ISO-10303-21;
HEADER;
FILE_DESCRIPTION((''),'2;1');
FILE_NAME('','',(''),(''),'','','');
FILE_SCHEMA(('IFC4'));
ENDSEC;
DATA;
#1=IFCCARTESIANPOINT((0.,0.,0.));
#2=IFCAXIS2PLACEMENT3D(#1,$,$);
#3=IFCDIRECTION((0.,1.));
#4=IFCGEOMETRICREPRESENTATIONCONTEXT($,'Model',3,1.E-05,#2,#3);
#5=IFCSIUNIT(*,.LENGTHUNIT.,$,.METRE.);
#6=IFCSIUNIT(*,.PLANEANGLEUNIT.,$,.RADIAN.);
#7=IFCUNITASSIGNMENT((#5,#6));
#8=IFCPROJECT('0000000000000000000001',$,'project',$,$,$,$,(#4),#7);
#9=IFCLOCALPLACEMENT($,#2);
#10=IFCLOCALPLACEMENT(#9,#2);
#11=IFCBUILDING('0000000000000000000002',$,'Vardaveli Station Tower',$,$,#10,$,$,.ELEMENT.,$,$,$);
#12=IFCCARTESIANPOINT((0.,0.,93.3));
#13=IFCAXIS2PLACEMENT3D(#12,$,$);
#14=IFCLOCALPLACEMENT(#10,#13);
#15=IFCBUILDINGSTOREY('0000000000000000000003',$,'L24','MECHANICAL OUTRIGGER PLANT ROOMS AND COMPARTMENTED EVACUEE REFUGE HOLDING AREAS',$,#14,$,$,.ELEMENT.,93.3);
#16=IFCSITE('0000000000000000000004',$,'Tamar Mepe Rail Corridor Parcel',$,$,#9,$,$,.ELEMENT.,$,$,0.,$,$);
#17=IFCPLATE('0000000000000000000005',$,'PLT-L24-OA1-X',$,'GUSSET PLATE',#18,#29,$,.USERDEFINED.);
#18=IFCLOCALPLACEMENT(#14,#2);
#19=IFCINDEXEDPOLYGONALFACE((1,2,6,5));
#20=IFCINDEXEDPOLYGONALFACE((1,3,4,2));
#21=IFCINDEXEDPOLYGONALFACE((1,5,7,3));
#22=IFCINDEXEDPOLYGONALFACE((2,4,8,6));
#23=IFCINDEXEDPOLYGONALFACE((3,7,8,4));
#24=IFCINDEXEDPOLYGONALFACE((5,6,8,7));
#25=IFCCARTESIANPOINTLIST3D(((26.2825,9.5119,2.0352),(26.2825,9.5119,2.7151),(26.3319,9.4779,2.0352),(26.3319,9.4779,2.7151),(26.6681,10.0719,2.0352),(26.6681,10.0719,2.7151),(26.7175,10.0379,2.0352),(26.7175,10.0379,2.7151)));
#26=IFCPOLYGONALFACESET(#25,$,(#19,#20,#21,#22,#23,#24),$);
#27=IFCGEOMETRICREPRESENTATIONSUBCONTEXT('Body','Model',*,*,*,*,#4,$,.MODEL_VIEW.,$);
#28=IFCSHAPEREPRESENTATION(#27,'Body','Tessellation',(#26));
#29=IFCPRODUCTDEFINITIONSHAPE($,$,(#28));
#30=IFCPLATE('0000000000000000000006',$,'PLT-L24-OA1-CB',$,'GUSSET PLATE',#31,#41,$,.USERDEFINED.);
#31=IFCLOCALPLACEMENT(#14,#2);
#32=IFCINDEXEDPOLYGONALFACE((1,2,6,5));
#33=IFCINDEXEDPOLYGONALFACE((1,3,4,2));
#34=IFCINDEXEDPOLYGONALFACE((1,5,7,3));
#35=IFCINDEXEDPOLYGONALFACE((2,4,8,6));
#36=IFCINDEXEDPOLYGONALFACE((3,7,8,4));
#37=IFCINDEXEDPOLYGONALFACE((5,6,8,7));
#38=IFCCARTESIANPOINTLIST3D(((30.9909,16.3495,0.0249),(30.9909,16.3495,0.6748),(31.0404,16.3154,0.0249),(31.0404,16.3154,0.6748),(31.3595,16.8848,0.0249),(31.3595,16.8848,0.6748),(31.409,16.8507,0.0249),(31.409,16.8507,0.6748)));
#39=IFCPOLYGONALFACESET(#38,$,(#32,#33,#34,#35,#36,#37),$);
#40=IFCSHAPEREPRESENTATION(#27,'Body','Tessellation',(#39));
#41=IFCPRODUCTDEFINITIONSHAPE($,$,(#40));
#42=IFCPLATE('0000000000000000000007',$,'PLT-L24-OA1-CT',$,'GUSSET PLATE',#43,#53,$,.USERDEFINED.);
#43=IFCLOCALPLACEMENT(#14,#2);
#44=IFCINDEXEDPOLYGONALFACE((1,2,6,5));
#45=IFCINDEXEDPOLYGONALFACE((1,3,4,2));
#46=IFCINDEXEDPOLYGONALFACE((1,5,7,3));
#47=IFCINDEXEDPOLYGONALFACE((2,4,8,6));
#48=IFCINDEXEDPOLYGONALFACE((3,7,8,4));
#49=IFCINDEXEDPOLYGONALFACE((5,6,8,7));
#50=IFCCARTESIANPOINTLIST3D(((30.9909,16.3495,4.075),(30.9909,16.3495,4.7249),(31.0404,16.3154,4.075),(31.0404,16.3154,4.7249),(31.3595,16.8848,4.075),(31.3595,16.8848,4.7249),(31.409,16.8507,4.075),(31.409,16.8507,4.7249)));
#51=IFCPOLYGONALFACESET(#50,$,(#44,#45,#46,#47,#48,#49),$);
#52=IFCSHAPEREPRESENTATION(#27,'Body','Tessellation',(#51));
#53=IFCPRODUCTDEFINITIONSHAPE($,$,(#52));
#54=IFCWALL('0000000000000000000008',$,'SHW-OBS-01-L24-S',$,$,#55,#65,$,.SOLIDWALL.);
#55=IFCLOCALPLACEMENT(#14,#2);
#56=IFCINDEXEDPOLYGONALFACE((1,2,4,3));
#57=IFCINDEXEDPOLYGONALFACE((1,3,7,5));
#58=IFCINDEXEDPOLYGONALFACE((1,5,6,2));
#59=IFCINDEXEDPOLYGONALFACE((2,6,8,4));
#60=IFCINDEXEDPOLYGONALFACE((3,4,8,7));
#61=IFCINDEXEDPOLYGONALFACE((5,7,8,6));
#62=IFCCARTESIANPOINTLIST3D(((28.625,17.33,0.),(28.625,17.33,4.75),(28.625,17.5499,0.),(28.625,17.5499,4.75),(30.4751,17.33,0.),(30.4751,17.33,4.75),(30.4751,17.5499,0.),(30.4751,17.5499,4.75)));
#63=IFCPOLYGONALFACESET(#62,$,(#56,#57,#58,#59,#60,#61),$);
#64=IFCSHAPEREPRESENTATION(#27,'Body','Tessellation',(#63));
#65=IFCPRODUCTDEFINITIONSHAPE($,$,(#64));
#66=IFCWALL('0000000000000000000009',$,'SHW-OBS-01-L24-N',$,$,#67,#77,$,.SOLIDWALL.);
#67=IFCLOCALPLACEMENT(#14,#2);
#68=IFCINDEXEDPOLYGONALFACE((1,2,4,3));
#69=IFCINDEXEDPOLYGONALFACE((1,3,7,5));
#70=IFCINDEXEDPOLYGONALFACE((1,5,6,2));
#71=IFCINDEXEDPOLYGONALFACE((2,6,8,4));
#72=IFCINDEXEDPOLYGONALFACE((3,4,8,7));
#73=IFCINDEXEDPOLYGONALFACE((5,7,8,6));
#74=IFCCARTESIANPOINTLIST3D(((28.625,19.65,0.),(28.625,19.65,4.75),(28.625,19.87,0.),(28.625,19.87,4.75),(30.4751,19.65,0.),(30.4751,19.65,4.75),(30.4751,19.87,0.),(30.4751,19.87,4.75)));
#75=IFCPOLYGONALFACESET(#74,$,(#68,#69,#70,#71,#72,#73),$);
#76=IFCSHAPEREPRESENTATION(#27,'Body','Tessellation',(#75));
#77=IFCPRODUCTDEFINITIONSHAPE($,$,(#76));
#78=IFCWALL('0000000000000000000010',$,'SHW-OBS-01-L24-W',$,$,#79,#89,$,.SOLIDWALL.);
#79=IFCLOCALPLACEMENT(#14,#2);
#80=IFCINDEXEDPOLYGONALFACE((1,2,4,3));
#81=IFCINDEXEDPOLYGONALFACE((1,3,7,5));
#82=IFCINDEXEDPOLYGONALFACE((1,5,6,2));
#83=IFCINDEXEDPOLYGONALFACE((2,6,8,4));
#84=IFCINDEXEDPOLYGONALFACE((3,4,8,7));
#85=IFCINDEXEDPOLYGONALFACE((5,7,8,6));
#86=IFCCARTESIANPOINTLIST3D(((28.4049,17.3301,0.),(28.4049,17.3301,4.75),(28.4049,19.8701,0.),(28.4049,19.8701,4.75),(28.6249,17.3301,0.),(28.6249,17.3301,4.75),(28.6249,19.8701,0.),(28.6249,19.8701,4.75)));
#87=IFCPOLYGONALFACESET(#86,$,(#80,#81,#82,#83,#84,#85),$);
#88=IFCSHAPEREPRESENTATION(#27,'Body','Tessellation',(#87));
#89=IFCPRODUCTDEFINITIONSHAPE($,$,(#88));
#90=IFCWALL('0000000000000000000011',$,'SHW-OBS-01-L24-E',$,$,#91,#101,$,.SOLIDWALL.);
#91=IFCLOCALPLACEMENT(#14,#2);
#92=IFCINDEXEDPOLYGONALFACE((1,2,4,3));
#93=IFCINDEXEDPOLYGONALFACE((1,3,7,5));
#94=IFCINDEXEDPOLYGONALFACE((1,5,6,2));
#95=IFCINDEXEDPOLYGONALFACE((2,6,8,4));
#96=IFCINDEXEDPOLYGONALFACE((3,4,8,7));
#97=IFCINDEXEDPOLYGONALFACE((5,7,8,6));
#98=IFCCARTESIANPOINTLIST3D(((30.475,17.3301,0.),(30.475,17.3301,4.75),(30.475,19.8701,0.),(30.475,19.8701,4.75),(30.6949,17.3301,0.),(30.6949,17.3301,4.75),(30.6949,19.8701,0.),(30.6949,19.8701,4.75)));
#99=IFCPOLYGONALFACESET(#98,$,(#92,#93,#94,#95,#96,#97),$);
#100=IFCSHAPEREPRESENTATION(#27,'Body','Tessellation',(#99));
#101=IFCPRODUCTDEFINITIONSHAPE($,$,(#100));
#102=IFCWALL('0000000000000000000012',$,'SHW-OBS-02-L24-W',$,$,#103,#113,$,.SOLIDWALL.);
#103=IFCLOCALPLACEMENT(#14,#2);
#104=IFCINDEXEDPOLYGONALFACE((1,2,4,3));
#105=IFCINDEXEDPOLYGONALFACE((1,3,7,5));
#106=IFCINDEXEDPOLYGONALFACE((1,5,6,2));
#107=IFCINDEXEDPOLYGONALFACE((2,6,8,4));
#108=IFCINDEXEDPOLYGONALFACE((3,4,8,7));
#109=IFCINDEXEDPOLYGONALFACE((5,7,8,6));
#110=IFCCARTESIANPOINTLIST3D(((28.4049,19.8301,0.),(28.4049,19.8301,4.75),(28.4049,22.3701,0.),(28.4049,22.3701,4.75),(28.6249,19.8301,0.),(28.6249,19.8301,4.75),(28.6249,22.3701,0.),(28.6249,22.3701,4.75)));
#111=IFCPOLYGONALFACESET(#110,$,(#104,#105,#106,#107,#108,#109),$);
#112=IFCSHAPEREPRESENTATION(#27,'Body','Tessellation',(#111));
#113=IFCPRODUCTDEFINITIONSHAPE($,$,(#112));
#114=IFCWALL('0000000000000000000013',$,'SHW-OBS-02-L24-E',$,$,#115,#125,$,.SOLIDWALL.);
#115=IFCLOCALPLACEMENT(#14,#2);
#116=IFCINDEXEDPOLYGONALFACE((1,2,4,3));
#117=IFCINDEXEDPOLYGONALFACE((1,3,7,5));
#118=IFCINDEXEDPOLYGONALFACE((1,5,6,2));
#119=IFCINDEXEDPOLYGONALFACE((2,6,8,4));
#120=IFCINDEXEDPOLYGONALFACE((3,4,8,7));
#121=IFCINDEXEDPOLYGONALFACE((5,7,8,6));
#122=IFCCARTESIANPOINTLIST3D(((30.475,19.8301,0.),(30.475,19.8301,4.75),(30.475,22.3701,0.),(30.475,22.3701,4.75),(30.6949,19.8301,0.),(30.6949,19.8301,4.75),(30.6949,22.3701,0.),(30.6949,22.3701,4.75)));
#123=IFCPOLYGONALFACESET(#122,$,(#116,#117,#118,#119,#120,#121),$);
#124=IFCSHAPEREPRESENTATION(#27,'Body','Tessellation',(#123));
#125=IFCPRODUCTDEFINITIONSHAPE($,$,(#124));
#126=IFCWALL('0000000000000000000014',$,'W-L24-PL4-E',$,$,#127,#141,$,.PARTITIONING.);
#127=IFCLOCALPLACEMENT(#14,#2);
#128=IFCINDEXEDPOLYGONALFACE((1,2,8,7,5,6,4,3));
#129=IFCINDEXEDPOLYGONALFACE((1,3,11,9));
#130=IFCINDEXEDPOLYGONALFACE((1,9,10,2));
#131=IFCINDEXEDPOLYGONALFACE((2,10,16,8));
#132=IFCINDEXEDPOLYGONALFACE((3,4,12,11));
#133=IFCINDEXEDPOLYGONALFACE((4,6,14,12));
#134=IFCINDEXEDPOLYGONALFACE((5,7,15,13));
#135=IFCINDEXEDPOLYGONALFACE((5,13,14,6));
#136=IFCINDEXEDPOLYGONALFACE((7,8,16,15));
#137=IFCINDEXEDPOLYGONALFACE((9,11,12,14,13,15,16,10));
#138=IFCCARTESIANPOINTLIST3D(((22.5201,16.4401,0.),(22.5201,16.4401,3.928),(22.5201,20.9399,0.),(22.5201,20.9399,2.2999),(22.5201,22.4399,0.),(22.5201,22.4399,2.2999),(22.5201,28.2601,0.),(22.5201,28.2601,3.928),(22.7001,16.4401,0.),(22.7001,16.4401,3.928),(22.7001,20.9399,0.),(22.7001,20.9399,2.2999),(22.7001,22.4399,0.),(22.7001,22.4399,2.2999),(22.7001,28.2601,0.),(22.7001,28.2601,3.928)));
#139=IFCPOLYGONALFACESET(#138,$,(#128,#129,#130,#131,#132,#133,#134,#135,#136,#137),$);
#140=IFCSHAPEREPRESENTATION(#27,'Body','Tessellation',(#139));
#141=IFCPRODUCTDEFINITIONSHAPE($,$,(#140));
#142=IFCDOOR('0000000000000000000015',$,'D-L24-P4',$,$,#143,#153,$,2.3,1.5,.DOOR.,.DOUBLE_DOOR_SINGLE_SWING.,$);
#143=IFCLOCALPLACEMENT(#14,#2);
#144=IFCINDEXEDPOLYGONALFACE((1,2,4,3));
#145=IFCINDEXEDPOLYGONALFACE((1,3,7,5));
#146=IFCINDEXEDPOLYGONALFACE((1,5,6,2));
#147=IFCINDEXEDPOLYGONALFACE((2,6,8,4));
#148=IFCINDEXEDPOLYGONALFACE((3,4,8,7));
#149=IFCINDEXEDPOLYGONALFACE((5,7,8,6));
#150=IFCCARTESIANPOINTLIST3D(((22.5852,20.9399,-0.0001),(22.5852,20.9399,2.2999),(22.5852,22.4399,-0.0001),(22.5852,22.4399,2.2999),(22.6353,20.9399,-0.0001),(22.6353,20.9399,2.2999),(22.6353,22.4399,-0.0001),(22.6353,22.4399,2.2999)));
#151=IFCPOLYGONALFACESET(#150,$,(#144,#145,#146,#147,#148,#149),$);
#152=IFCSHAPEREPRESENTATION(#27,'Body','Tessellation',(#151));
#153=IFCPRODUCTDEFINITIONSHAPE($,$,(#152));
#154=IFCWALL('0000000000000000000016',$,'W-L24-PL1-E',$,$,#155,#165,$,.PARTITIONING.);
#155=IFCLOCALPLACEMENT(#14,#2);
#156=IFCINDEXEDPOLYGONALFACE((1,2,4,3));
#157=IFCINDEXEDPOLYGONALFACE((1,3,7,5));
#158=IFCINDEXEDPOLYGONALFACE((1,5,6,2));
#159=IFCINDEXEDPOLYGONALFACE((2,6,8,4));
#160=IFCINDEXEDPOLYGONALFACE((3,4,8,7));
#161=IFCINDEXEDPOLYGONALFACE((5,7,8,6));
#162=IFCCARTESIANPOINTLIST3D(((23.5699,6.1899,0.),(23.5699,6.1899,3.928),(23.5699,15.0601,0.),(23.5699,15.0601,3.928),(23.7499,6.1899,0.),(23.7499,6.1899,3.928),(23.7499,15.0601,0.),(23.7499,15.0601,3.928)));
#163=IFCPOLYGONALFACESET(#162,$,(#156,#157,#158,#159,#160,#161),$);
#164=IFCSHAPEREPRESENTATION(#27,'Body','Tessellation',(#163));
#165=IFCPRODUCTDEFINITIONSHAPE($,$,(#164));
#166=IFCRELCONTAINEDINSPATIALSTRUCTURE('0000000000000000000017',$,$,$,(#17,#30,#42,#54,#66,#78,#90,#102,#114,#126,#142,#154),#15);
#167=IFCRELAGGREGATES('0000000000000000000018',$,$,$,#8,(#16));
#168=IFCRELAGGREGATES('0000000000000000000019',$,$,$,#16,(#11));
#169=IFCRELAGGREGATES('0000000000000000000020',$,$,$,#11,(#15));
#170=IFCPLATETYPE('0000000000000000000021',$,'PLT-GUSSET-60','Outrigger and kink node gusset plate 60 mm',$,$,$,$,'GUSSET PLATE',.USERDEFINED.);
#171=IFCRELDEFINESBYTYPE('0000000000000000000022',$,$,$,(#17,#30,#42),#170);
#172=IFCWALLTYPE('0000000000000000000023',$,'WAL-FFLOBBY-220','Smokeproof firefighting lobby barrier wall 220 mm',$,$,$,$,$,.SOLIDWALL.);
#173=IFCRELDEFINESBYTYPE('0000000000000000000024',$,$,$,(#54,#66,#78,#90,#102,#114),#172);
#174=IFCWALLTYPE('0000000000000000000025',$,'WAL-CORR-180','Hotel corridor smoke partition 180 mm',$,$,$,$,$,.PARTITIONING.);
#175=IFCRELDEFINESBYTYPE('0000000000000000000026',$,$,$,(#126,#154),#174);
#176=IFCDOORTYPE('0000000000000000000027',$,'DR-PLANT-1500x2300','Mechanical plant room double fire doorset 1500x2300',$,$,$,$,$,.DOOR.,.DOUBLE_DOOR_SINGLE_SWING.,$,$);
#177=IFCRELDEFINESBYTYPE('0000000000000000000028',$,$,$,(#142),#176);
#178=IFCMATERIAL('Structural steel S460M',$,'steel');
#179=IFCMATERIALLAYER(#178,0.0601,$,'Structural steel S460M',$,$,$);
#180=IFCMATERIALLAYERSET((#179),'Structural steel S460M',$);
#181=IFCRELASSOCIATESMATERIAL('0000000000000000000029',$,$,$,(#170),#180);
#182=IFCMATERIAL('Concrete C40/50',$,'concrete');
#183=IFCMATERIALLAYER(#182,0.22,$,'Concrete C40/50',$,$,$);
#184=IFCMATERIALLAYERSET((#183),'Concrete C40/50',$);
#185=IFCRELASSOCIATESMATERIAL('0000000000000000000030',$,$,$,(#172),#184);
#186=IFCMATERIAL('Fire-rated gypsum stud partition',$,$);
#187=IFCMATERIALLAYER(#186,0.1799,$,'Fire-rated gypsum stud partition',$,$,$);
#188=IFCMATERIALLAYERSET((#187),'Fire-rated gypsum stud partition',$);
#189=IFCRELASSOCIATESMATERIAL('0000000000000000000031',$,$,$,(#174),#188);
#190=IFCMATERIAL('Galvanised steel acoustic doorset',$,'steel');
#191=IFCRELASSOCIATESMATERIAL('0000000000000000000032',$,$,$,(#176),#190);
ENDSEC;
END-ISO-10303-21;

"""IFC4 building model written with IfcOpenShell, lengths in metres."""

from ifc_helpers import new_model, si_unit, direction, frame, frame_2d, origin, origin_2d, place, context, subcontext, project, spatial, rectangle, extrude, source, transform, mapped, material, layer, layer_set, type_object, element, fill, save


model = new_model("IFC4")

# Units and contexts
model_context = context("Model", 3, precision=1e-05, world=origin(), true_north=direction((0.0, 1.0)))
body_context = subcontext(model_context, "Body", "Model", "MODEL_VIEW")
ifc_project = project(units=[si_unit("LENGTHUNIT", "METRE"), si_unit("PLANEANGLEUNIT", "RADIAN")], contexts=[model_context])

# Site, building, storey
site_placement = place(None, origin())
site = spatial("IfcSite", under=ifc_project, at=site_placement, Name="Tamar Mepe Rail Corridor Parcel", CompositionType="ELEMENT", RefElevation=0.0)
building_placement = place(site_placement, origin())
building = spatial("IfcBuilding", under=site, at=building_placement, Name="Vardaveli Station Tower", CompositionType="ELEMENT")
storey_placement = place(building_placement, frame((0.0, 0.0, 93.3)))
storey = spatial("IfcBuildingStorey", under=building, at=storey_placement, Name="L24", Description="MECHANICAL OUTRIGGER PLANT ROOMS AND COMPARTMENTED EVACUEE REFUGE HOLDING AREAS", CompositionType="ELEMENT", Elevation=93.3)

# Shared definitions
ifc_material_1 = material(Name="Structural steel S460M", Category="steel")

# Plates
ifc_layer_1 = layer(ifc_material_1, 0.0601, Name="Structural steel S460M")
ifc_layer_set_1 = layer_set([ifc_layer_1], Name="Structural steel S460M")
plate_type = type_object("IfcPlateType", Name="PLT-GUSSET-60", Description="Outrigger and kink node gusset plate 60 mm", ElementType="GUSSET PLATE", PredefinedType="USERDEFINED", material=ifc_layer_set_1)
shared_shape_1 = source(origin(), body_context, "Body", "SweptSolid", [
    extrude(rectangle(XDim=0.6799, YDim=0.0601, at=origin_2d()), origin(), (0.0, 0.0, 1.0), 0.6799),
])
plate_placement = place(storey_placement, frame((26.5, 9.7749, 2.0352), z_axis=(0.0, 0.0, 1.0), x_axis=(-0.567125, -0.823632, 0.0)))
element("IfcPlate", 1, at=plate_placement, inside=storey, type_object=plate_type, Name="PLT-L24-OA1-X", ObjectType="GUSSET PLATE", PredefinedType="USERDEFINED", context=body_context, shape_type="MappedRepresentation", body=[
    mapped(shared_shape_1, transform((0.0, 0.0, 0.0), scale=1.0)),
])
shared_shape_2 = source(origin(), body_context, "Body", "SweptSolid", [
    extrude(rectangle(XDim=0.6499, YDim=0.0601, at=origin_2d()), origin(), (0.0, 0.0, 1.0), 0.6499),
])
for number, where, z_axis, x_axis, name in (
    (2, (31.2, 16.6001, 0.0249), (0.0, 0.0, 1.0), (-0.567125, -0.823632, 0.0), "PLT-L24-OA1-CB"),
    (3, (31.2, 16.6001, 4.075), (0.0, 0.0, 1.0), (-0.567125, -0.823632, 0.0), "PLT-L24-OA1-CT"),
):
    element("IfcPlate", number, at=place(storey_placement, frame(where, z_axis=z_axis, x_axis=x_axis)), inside=storey, type_object=plate_type, Name=name, ObjectType="GUSSET PLATE", PredefinedType="USERDEFINED", context=body_context, shape_type="MappedRepresentation", body=[
        mapped(shared_shape_2, transform((0.0, 0.0, 0.0), scale=1.0)),
    ])

# Walls
ifc_material_2 = material(Name="Concrete C40/50", Category="concrete")
ifc_layer_2 = layer(ifc_material_2, 0.22, Name="Concrete C40/50")
ifc_layer_set_2 = layer_set([ifc_layer_2], Name="Concrete C40/50")
wall_type_1 = type_object("IfcWallType", Name="WAL-FFLOBBY-220", Description="Smokeproof firefighting lobby barrier wall 220 mm", PredefinedType="SOLIDWALL", material=ifc_layer_set_2)
shared_shape_3 = source(origin(), body_context, "Body", "SweptSolid", [
    extrude(rectangle(XDim=1.8501, YDim=0.22, at=frame_2d((0.925, 0.0))), origin(), (0.0, 0.0, 1.0), 4.75),
])
for number, where, z_axis, x_axis, name in (
    (4, (28.625, 17.4399, 0.0), (0.0, 0.0, 1.0), (1.0, 0.0, 0.0), "SHW-OBS-01-L24-S"),
    (5, (28.625, 19.76, 0.0), (0.0, 0.0, 1.0), (1.0, 0.0, 0.0), "SHW-OBS-01-L24-N"),
):
    element("IfcWall", number, at=place(storey_placement, frame(where, z_axis=z_axis, x_axis=x_axis)), inside=storey, type_object=wall_type_1, Name=name, PredefinedType="SOLIDWALL", context=body_context, shape_type="MappedRepresentation", body=[
        mapped(shared_shape_3, transform((0.0, 0.0, 0.0), scale=1.0)),
    ])
shared_shape_4 = source(origin(), body_context, "Body", "SweptSolid", [
    extrude(rectangle(XDim=2.54, YDim=0.22, at=frame_2d((1.27, 0.0))), origin(), (0.0, 0.0, 1.0), 4.75),
])
for number, where, z_axis, x_axis, name in (
    (6, (28.5149, 17.3301, 0.0), (0.0, 0.0, 1.0), (0.0, 1.0, 0.0), "SHW-OBS-01-L24-W"),
    (7, (30.585, 17.3301, 0.0), (0.0, 0.0, 1.0), (0.0, 1.0, 0.0), "SHW-OBS-01-L24-E"),
    (8, (28.5149, 19.8301, 0.0), (0.0, 0.0, 1.0), (0.0, 1.0, 0.0), "SHW-OBS-02-L24-W"),
    (9, (30.585, 19.8301, 0.0), (0.0, 0.0, 1.0), (0.0, 1.0, 0.0), "SHW-OBS-02-L24-E"),
):
    element("IfcWall", number, at=place(storey_placement, frame(where, z_axis=z_axis, x_axis=x_axis)), inside=storey, type_object=wall_type_1, Name=name, PredefinedType="SOLIDWALL", context=body_context, shape_type="MappedRepresentation", body=[
        mapped(shared_shape_4, transform((0.0, 0.0, 0.0), scale=1.0)),
    ])

# Wall, opening, door
ifc_material_3 = material(Name="Fire-rated gypsum stud partition")
ifc_layer_3 = layer(ifc_material_3, 0.1799, Name="Fire-rated gypsum stud partition")
ifc_layer_set_3 = layer_set([ifc_layer_3], Name="Fire-rated gypsum stud partition")
wall_type_2 = type_object("IfcWallType", Name="WAL-CORR-180", Description="Hotel corridor smoke partition 180 mm", PredefinedType="PARTITIONING", material=ifc_layer_set_3)
shared_shape_5 = source(origin(), body_context, "Body", "SweptSolid", [
    extrude(rectangle(XDim=11.8201, YDim=0.1799, at=frame_2d((5.9102, 0.0))), origin(), (0.0, 0.0, 1.0), 3.928),
])
wall_1_placement = place(storey_placement, frame((22.6101, 16.4399, 0.0), z_axis=(0.0, 0.0, 1.0), x_axis=(0.0, 1.0, 0.0)))
wall_1 = element("IfcWall", 10, at=wall_1_placement, inside=storey, type_object=wall_type_2, Name="W-L24-PL4-E", PredefinedType="PARTITIONING", context=body_context, shape_type="MappedRepresentation", body=[
    mapped(shared_shape_5, transform((0.0, 0.0, 0.0), scale=1.0)),
])
shared_shape_6 = source(origin(), body_context, "Body", "SweptSolid", [
    extrude(rectangle(XDim=1.5, YDim=2.3, at=frame_2d((0.75, 1.1499))), frame((0.0, 0.1001, 0.0), z_axis=(0.0, -1.0, 0.0), x_axis=(1.0, 0.0, 0.0)), (0.0, 0.0, 1.0), 0.2),
])
opening_placement = place(wall_1_placement, frame((4.5, 0.0, 0.0)))
opening = element("IfcOpeningElement", 11, at=opening_placement, cuts=wall_1, PredefinedType="OPENING", context=body_context, shape_type="MappedRepresentation", body=[
    mapped(shared_shape_6, transform((0.0, 0.0, 0.0), scale=1.0)),
])
ifc_material_4 = material(Name="Galvanised steel acoustic doorset", Category="steel")
door_type = type_object("IfcDoorType", Name="DR-PLANT-1500x2300", Description="Mechanical plant room double fire doorset 1500x2300", OperationType="DOUBLE_DOOR_SINGLE_SWING", PredefinedType="DOOR", material=ifc_material_4)
shared_shape_7 = source(origin(), body_context, "Body", "SweptSolid", [
    extrude(rectangle(XDim=1.5, YDim=2.3, at=frame_2d((0.75, 1.1499))), frame((0.0, 0.0249, 0.0), z_axis=(0.0, -1.0, 0.0), x_axis=(1.0, 0.0, 0.0)), (0.0, 0.0, 1.0), 0.05),
])
door_placement = place(opening_placement, origin())
door = element("IfcDoor", 12, at=door_placement, inside=storey, type_object=door_type, Name="D-L24-P4", OperationType="DOUBLE_DOOR_SINGLE_SWING", OverallHeight=2.3, OverallWidth=1.5, PredefinedType="DOOR", context=body_context, shape_type="MappedRepresentation", body=[
    mapped(shared_shape_7, transform((0.0, 0.0, 0.0), scale=1.0)),
])
fill(opening, door)

# Wall
shared_shape_8 = source(origin(), body_context, "Body", "SweptSolid", [
    extrude(rectangle(XDim=8.8701, YDim=0.1799, at=frame_2d((4.4351, 0.0))), origin(), (0.0, 0.0, 1.0), 3.928),
])
wall_2_placement = place(storey_placement, frame((23.6599, 6.1899, 0.0), z_axis=(0.0, 0.0, 1.0), x_axis=(0.0, 1.0, 0.0)))
element("IfcWall", 13, at=wall_2_placement, inside=storey, type_object=wall_type_2, Name="W-L24-PL1-E", PredefinedType="PARTITIONING", context=body_context, shape_type="MappedRepresentation", body=[
    mapped(shared_shape_8, transform((0.0, 0.0, 0.0), scale=1.0)),
])

save(model, "model.ifc")
